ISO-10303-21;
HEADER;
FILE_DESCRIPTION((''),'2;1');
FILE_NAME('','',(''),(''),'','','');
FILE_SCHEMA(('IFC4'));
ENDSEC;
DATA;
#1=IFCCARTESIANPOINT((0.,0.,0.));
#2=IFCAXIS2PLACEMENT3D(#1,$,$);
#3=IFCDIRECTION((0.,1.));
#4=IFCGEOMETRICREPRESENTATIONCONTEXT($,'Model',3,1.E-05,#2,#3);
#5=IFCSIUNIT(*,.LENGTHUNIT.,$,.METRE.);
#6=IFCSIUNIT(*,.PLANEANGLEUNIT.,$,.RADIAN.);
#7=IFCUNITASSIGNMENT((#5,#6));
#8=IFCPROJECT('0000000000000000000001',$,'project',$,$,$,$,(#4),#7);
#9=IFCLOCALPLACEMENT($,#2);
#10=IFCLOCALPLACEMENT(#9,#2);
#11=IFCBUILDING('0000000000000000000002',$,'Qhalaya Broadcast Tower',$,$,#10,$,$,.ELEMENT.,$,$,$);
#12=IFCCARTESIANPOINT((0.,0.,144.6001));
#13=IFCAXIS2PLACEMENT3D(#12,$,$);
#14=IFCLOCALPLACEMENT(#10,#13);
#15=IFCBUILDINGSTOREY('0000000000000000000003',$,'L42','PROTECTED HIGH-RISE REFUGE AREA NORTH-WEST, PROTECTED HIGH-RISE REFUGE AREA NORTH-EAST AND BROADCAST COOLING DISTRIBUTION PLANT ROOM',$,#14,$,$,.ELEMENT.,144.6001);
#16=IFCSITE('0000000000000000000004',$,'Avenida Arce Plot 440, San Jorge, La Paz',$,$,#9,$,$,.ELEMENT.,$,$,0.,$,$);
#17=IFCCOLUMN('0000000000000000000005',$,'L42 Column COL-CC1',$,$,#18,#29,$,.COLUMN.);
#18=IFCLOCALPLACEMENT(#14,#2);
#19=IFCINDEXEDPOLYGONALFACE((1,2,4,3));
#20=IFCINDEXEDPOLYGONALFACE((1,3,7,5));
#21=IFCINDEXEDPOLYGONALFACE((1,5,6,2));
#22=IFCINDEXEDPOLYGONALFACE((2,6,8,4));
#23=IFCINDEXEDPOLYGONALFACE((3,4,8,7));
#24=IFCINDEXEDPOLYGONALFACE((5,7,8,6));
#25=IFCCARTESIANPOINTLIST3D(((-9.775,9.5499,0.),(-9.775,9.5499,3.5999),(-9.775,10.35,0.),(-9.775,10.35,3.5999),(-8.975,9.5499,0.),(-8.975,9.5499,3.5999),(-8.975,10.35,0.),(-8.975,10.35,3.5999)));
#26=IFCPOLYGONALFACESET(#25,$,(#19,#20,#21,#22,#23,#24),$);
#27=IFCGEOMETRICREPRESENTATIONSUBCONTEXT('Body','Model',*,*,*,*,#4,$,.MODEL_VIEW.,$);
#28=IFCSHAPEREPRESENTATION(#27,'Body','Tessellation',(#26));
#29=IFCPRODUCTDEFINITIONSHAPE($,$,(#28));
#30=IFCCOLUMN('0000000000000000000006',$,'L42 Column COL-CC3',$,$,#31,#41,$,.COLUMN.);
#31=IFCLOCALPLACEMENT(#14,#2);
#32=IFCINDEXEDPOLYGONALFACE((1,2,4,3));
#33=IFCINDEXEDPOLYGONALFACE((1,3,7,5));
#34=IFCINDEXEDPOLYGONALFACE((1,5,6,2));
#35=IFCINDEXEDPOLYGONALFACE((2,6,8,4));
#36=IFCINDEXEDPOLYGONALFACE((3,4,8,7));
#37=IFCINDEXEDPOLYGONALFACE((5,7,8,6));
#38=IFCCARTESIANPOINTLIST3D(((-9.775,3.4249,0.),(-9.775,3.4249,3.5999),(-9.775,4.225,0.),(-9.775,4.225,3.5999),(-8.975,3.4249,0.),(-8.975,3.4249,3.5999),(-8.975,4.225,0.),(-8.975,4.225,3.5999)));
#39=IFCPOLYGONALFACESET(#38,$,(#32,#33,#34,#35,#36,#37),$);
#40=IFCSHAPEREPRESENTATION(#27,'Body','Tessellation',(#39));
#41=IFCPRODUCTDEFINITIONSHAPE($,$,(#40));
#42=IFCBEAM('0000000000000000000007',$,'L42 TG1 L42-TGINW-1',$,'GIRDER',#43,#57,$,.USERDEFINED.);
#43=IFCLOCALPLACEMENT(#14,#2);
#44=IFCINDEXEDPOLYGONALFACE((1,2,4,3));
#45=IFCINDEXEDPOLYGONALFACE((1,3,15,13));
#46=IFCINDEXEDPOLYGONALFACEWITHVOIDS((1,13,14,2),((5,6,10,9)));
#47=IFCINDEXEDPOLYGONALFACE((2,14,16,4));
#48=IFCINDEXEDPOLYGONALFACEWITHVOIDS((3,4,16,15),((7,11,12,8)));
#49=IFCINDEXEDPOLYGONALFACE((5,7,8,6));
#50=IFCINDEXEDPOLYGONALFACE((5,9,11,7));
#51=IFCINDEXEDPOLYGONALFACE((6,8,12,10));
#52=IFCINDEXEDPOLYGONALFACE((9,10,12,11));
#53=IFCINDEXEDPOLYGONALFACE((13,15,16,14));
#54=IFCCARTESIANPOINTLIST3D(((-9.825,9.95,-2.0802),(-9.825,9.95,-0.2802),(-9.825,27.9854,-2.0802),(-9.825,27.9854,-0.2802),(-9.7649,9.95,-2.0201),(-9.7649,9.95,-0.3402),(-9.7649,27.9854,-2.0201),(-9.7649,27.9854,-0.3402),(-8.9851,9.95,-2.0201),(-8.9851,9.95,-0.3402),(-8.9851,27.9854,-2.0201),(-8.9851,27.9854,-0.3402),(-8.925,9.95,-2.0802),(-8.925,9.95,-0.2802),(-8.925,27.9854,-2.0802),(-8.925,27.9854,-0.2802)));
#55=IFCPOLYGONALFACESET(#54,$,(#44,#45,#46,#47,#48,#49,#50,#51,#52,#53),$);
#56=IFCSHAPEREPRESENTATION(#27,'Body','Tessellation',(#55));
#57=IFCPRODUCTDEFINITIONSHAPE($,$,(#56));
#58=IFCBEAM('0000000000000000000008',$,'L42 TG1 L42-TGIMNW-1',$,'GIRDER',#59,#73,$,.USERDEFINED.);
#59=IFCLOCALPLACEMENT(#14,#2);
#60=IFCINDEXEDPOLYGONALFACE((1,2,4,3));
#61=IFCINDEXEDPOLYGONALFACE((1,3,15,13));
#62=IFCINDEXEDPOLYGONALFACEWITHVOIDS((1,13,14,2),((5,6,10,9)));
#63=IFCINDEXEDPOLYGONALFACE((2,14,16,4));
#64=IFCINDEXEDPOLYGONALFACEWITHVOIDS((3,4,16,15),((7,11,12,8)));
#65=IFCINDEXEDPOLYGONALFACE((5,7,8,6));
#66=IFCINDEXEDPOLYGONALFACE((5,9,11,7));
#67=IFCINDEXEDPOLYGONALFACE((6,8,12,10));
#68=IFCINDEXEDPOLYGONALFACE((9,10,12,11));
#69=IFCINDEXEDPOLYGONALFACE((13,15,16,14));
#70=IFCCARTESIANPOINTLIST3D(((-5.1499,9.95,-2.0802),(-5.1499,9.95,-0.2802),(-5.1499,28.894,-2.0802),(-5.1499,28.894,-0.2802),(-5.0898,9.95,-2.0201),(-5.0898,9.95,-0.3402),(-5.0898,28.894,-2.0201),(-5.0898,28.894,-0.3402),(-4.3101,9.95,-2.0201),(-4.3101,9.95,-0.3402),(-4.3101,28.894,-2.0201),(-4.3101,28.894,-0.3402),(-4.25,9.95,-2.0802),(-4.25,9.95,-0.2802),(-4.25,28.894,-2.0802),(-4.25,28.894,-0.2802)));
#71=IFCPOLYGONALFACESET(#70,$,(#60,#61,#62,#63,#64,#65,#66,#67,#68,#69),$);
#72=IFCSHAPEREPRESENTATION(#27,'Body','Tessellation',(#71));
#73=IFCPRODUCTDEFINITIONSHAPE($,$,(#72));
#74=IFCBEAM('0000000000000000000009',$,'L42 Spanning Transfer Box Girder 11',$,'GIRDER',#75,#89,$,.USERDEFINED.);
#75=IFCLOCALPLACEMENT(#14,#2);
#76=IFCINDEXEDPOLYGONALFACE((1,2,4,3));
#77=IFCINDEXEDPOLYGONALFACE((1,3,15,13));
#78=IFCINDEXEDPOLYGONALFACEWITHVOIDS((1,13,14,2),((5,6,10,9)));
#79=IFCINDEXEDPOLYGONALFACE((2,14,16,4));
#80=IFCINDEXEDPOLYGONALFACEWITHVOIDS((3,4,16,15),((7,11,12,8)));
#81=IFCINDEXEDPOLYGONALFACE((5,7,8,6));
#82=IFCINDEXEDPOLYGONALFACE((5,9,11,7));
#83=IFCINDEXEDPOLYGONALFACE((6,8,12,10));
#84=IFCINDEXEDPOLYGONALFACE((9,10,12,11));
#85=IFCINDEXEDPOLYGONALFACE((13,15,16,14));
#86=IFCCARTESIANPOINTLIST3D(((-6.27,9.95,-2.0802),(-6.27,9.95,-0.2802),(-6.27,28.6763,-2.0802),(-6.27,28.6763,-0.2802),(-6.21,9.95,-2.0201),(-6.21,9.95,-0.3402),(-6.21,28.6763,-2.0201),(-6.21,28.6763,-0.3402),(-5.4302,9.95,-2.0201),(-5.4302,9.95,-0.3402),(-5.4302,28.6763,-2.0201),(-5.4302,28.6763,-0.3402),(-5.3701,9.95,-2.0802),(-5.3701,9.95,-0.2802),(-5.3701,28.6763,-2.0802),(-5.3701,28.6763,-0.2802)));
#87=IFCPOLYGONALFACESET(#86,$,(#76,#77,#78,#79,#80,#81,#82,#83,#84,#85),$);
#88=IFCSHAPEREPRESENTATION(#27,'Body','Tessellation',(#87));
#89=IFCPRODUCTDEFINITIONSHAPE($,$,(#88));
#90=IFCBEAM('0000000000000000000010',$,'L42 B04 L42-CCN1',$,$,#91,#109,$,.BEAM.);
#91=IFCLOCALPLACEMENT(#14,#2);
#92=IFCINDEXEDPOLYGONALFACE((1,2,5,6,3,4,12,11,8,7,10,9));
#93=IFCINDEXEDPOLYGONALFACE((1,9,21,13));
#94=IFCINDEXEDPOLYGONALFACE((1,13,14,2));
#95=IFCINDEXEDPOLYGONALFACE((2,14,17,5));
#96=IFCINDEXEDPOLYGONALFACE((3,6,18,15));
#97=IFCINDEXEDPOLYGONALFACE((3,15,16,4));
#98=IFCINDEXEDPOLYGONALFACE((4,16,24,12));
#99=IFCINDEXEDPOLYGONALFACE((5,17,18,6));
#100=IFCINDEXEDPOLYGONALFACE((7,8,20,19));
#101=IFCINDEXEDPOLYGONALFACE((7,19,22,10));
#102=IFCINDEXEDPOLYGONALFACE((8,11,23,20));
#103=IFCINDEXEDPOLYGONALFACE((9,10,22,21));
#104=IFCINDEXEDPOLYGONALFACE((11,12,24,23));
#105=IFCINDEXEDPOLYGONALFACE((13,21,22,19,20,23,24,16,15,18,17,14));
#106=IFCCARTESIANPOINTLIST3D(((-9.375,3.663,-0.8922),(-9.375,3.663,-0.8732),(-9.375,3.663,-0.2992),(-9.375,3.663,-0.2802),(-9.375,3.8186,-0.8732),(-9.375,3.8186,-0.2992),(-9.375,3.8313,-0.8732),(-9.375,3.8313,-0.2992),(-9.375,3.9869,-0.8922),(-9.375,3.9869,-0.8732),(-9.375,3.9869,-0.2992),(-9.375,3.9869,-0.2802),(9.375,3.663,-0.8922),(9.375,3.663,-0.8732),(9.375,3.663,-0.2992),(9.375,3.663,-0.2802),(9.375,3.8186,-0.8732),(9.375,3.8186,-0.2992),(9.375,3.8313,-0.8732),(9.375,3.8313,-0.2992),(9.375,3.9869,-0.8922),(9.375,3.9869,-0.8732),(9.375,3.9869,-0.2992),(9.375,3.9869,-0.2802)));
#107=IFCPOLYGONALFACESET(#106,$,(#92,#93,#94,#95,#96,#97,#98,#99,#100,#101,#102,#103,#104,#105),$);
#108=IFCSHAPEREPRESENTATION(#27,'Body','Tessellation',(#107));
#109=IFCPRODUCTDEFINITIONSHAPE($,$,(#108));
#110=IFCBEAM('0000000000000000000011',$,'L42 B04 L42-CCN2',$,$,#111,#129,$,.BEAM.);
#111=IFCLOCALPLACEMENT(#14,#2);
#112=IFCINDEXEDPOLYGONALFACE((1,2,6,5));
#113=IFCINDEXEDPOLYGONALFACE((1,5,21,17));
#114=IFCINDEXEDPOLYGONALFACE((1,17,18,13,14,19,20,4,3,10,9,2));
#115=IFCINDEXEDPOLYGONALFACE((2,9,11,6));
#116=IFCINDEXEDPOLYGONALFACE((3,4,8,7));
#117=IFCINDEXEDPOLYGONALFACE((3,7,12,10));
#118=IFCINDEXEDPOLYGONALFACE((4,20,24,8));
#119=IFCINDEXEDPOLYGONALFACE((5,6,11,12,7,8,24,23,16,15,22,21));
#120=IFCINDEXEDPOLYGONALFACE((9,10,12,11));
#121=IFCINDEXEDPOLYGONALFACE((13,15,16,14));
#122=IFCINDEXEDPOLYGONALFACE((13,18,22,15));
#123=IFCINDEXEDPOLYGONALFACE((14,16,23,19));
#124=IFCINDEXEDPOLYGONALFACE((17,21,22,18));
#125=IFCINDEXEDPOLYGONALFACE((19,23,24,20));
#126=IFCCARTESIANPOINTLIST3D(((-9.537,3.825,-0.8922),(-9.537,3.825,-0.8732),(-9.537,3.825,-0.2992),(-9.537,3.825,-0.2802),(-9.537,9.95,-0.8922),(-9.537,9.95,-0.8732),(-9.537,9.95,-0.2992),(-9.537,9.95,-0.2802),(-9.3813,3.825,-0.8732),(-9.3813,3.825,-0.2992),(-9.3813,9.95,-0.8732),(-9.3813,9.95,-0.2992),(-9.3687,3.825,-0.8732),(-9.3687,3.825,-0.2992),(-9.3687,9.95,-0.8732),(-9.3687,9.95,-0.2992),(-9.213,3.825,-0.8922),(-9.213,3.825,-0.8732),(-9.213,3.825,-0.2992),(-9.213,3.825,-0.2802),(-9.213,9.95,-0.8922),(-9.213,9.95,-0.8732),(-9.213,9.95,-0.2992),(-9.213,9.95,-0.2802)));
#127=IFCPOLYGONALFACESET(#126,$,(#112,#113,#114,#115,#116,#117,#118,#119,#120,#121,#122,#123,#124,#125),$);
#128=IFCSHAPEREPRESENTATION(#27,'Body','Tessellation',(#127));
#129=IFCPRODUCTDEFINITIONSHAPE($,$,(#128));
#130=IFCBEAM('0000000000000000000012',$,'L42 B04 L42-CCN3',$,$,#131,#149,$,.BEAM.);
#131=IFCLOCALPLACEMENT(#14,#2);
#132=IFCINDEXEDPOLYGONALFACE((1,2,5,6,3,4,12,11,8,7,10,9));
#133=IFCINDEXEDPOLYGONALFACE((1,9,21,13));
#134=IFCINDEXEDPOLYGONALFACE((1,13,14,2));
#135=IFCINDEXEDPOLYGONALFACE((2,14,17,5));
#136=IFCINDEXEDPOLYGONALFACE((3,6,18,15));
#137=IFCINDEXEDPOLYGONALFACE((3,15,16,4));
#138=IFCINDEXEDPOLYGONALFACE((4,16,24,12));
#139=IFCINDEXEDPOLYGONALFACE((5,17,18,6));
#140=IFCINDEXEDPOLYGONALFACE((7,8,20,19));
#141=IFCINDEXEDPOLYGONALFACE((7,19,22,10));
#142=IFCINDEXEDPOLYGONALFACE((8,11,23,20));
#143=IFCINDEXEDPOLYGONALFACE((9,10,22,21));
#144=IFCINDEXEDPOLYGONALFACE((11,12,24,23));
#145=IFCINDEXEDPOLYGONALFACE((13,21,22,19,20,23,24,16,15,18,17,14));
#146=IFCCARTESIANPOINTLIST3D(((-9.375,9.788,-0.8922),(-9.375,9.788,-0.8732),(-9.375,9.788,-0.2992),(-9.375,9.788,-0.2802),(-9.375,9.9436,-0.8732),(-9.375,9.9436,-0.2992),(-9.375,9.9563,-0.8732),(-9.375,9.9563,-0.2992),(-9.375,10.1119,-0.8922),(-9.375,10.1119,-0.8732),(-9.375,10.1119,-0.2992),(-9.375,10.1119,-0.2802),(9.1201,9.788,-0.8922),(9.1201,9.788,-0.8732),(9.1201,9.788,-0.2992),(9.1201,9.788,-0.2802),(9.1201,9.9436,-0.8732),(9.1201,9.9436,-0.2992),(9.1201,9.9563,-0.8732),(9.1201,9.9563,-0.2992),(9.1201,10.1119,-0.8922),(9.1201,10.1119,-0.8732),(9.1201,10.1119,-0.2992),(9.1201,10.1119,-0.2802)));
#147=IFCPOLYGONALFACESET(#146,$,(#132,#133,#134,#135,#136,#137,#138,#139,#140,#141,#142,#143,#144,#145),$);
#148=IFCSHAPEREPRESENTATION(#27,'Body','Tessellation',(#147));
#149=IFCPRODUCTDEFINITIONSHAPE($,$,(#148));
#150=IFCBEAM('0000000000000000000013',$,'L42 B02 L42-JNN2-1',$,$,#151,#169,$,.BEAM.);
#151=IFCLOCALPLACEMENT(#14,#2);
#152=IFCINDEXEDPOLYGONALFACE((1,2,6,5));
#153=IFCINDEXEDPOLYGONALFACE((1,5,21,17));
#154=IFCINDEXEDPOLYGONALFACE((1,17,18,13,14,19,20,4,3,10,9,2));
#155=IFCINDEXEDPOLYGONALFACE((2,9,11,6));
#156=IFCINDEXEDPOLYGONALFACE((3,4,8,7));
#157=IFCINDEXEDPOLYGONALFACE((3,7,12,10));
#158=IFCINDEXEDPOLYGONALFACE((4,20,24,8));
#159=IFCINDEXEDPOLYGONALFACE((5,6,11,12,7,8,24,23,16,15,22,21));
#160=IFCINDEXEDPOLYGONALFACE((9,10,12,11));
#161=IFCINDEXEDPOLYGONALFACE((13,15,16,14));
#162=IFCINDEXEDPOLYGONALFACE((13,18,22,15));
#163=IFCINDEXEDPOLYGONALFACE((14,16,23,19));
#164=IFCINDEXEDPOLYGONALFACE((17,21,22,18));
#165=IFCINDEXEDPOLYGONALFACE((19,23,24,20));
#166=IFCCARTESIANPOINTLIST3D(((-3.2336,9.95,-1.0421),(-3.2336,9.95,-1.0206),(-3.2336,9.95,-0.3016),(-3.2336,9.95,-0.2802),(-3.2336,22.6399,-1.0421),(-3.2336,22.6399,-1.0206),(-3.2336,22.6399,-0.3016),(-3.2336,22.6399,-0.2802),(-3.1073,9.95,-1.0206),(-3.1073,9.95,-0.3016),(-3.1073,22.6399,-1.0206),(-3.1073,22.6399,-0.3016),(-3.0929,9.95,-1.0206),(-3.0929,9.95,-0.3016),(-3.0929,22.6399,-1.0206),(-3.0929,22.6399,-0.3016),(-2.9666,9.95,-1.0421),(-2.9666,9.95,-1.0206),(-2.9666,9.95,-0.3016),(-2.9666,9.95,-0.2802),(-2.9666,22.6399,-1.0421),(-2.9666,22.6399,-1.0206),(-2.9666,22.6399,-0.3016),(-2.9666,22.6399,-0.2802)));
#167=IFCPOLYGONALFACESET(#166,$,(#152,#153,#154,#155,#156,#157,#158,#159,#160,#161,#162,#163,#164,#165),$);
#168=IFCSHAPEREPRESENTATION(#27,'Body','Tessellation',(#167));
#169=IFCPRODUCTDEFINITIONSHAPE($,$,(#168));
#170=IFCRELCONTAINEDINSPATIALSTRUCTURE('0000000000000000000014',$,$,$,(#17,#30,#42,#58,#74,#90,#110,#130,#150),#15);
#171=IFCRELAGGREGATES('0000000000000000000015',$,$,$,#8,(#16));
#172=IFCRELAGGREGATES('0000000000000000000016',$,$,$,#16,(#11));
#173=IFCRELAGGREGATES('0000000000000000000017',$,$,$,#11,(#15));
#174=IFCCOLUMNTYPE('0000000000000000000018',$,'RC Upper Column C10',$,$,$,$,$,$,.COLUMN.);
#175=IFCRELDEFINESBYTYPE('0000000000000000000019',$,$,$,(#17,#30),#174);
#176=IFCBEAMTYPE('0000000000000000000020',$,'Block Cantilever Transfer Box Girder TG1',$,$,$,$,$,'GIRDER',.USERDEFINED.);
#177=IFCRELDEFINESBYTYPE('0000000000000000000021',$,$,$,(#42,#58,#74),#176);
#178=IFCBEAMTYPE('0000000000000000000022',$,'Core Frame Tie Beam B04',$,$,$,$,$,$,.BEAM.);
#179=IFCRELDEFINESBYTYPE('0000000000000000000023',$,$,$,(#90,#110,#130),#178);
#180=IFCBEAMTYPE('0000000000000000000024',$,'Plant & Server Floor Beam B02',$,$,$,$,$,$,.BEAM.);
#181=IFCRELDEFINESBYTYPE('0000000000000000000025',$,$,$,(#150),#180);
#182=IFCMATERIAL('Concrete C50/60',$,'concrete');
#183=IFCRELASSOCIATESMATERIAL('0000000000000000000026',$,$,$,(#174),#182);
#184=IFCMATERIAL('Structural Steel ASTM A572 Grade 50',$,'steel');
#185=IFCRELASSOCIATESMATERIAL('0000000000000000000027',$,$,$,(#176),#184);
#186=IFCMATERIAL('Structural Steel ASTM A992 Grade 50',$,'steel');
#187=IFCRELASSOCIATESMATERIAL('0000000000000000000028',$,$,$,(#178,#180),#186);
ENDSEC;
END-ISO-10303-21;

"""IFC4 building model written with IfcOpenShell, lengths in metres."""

from ifc_helpers import new_model, si_unit, direction, frame, origin, origin_2d, place, context, subcontext, project, spatial, rectangle, hollow_rectangle, i_section, extrude, material, material_profile, profile_set, type_object, element, save


model = new_model("IFC4")

# Units and contexts
model_context = context("Model", 3, precision=1e-05, world=origin(), true_north=direction((0.0, 1.0)))
body_context = subcontext(model_context, "Body", "Model", "MODEL_VIEW")
ifc_project = project(units=[si_unit("LENGTHUNIT", "METRE"), si_unit("PLANEANGLEUNIT", "RADIAN")], contexts=[model_context])

# Site, building, storey
site_placement = place(None, origin())
site = spatial("IfcSite", under=ifc_project, at=site_placement, Name="Avenida Arce Plot 440, San Jorge, La Paz", CompositionType="ELEMENT", RefElevation=0.0)
building_placement = place(site_placement, origin())
building = spatial("IfcBuilding", under=site, at=building_placement, Name="Qhalaya Broadcast Tower", CompositionType="ELEMENT")
storey_placement = place(building_placement, frame((0.0, 0.0, 144.6001)))
storey = spatial("IfcBuildingStorey", under=building, at=storey_placement, Name="L42", Description="PROTECTED HIGH-RISE REFUGE AREA NORTH-WEST, PROTECTED HIGH-RISE REFUGE AREA NORTH-EAST AND BROADCAST COOLING DISTRIBUTION PLANT ROOM", CompositionType="ELEMENT", Elevation=144.6001)

# Columns
ifc_material_1 = material(Name="Concrete C50/60", Category="concrete")
ifc_material_profile_1 = material_profile(ifc_material_1, rectangle(XDim=0.8, YDim=0.8, at=origin_2d()), Name="RC-COL 800x800")
ifc_profile_set_1 = profile_set([ifc_material_profile_1], Name="Concrete C50/60")
column_type = type_object("IfcColumnType", Name="RC Upper Column C10", PredefinedType="COLUMN", material=ifc_profile_set_1)
for number, where, z_axis, x_axis, name in (
    (1, (-9.375, 9.95, 0.0), (0.0, 0.0, 1.0), (1.0, 0.0, 0.0), "L42 Column COL-CC1"),
    (2, (-9.375, 3.825, 0.0), (0.0, 0.0, 1.0), (1.0, 0.0, 0.0), "L42 Column COL-CC3"),
):
    element("IfcColumn", number, at=place(storey_placement, frame(where, z_axis=z_axis, x_axis=x_axis)), inside=storey, type_object=column_type, Name=name, PredefinedType="COLUMN", context=body_context, shape_type="SweptSolid", body=[
        extrude(rectangle(XDim=0.8, YDim=0.8, at=origin_2d()), origin(), (0.0, 0.0, 1.0), 3.5999),
    ])

# Beams
ifc_material_2 = material(Name="Structural Steel ASTM A572 Grade 50", Category="steel")
ifc_material_profile_2 = material_profile(ifc_material_2, hollow_rectangle(XDim=0.8999, YDim=1.8, WallThickness=0.0601, at=origin_2d()), Name="BOX 900x1800x60")
ifc_profile_set_2 = profile_set([ifc_material_profile_2], Name="Structural Steel ASTM A572 Grade 50")
beam_type_1 = type_object("IfcBeamType", Name="Block Cantilever Transfer Box Girder TG1", ElementType="GIRDER", PredefinedType="USERDEFINED", material=ifc_profile_set_2)
beam_1_placement = place(storey_placement, frame((-9.375, 9.95, -1.1802), z_axis=(0.0, 1.0, 0.0), x_axis=(-1.0, 0.0, 0.0)))
element("IfcBeam", 3, at=beam_1_placement, inside=storey, type_object=beam_type_1, Name="L42 TG1 L42-TGINW-1", ObjectType="GIRDER", PredefinedType="USERDEFINED", context=body_context, shape_type="SweptSolid", body=[
    extrude(hollow_rectangle(XDim=0.8999, YDim=1.8, WallThickness=0.0601, at=origin_2d()), origin(), (0.0, 0.0, 1.0), 18.0354),
])
beam_2_placement = place(storey_placement, frame((-4.7, 9.95, -1.1802), z_axis=(0.0, 1.0, 0.0), x_axis=(-1.0, 0.0, 0.0)))
element("IfcBeam", 4, at=beam_2_placement, inside=storey, type_object=beam_type_1, Name="L42 TG1 L42-TGIMNW-1", ObjectType="GIRDER", PredefinedType="USERDEFINED", context=body_context, shape_type="SweptSolid", body=[
    extrude(hollow_rectangle(XDim=0.8999, YDim=1.8, WallThickness=0.0601, at=origin_2d()), origin(), (0.0, 0.0, 1.0), 18.9441),
])
beam_3_placement = place(storey_placement, frame((-5.8201, 9.95, -1.1802), z_axis=(0.0, 1.0, 0.0), x_axis=(-1.0, 0.0, 0.0)))
element("IfcBeam", 5, at=beam_3_placement, inside=storey, type_object=beam_type_1, Name="L42 Spanning Transfer Box Girder 11", ObjectType="GIRDER", PredefinedType="USERDEFINED", context=body_context, shape_type="SweptSolid", body=[
    extrude(hollow_rectangle(XDim=0.8999, YDim=1.8, WallThickness=0.0601, at=origin_2d()), origin(), (0.0, 0.0, 1.0), 18.7263),
])
ifc_material_3 = material(Name="Structural Steel ASTM A992 Grade 50", Category="steel")
ifc_material_profile_3 = material_profile(ifc_material_3, i_section(OverallWidth=0.324, OverallDepth=0.6121, WebThickness=0.0127, FlangeThickness=0.019, at=origin_2d()), Name="W24X104")
ifc_profile_set_3 = profile_set([ifc_material_profile_3], Name="Structural Steel ASTM A992 Grade 50")
beam_type_2 = type_object("IfcBeamType", Name="Core Frame Tie Beam B04", PredefinedType="BEAM", material=ifc_profile_set_3)
beam_4_placement = place(storey_placement, frame((-9.375, 3.825, -0.5862), z_axis=(1.0, 0.0, 0.0), x_axis=(0.0, 1.0, 0.0)))
element("IfcBeam", 6, at=beam_4_placement, inside=storey, type_object=beam_type_2, Name="L42 B04 L42-CCN1", PredefinedType="BEAM", context=body_context, shape_type="SweptSolid", body=[
    extrude(i_section(OverallWidth=0.324, OverallDepth=0.6121, WebThickness=0.0127, FlangeThickness=0.019, at=origin_2d()), origin(), (0.0, 0.0, 1.0), 18.75),
])
beam_5_placement = place(storey_placement, frame((-9.375, 3.825, -0.5862), z_axis=(0.0, 1.0, 0.0), x_axis=(-1.0, 0.0, 0.0)))
element("IfcBeam", 7, at=beam_5_placement, inside=storey, type_object=beam_type_2, Name="L42 B04 L42-CCN2", PredefinedType="BEAM", context=body_context, shape_type="SweptSolid", body=[
    extrude(i_section(OverallWidth=0.324, OverallDepth=0.6121, WebThickness=0.0127, FlangeThickness=0.019, at=origin_2d()), origin(), (0.0, 0.0, 1.0), 6.125),
])
beam_6_placement = place(storey_placement, frame((-9.375, 9.95, -0.5862), z_axis=(1.0, 0.0, 0.0), x_axis=(0.0, 1.0, 0.0)))
element("IfcBeam", 8, at=beam_6_placement, inside=storey, type_object=beam_type_2, Name="L42 B04 L42-CCN3", PredefinedType="BEAM", context=body_context, shape_type="SweptSolid", body=[
    extrude(i_section(OverallWidth=0.324, OverallDepth=0.6121, WebThickness=0.0127, FlangeThickness=0.019, at=origin_2d()), origin(), (0.0, 0.0, 1.0), 18.4951),
])
ifc_material_profile_4 = material_profile(ifc_material_3, i_section(OverallWidth=0.2671, OverallDepth=0.762, WebThickness=0.0144, FlangeThickness=0.0215, at=origin_2d()), Name="W30X116")
ifc_profile_set_4 = profile_set([ifc_material_profile_4], Name="Structural Steel ASTM A992 Grade 50")
beam_type_3 = type_object("IfcBeamType", Name="Plant & Server Floor Beam B02", PredefinedType="BEAM", material=ifc_profile_set_4)
beam_7_placement = place(storey_placement, frame((-3.1001, 9.95, -0.6611), z_axis=(0.0, 1.0, 0.0), x_axis=(-1.0, 0.0, 0.0)))
element("IfcBeam", 9, at=beam_7_placement, inside=storey, type_object=beam_type_3, Name="L42 B02 L42-JNN2-1", PredefinedType="BEAM", context=body_context, shape_type="SweptSolid", body=[
    extrude(i_section(OverallWidth=0.2671, OverallDepth=0.762, WebThickness=0.0144, FlangeThickness=0.0215, at=origin_2d()), origin(), (0.0, 0.0, 1.0), 12.6899),
])

save(model, "model.ifc")
